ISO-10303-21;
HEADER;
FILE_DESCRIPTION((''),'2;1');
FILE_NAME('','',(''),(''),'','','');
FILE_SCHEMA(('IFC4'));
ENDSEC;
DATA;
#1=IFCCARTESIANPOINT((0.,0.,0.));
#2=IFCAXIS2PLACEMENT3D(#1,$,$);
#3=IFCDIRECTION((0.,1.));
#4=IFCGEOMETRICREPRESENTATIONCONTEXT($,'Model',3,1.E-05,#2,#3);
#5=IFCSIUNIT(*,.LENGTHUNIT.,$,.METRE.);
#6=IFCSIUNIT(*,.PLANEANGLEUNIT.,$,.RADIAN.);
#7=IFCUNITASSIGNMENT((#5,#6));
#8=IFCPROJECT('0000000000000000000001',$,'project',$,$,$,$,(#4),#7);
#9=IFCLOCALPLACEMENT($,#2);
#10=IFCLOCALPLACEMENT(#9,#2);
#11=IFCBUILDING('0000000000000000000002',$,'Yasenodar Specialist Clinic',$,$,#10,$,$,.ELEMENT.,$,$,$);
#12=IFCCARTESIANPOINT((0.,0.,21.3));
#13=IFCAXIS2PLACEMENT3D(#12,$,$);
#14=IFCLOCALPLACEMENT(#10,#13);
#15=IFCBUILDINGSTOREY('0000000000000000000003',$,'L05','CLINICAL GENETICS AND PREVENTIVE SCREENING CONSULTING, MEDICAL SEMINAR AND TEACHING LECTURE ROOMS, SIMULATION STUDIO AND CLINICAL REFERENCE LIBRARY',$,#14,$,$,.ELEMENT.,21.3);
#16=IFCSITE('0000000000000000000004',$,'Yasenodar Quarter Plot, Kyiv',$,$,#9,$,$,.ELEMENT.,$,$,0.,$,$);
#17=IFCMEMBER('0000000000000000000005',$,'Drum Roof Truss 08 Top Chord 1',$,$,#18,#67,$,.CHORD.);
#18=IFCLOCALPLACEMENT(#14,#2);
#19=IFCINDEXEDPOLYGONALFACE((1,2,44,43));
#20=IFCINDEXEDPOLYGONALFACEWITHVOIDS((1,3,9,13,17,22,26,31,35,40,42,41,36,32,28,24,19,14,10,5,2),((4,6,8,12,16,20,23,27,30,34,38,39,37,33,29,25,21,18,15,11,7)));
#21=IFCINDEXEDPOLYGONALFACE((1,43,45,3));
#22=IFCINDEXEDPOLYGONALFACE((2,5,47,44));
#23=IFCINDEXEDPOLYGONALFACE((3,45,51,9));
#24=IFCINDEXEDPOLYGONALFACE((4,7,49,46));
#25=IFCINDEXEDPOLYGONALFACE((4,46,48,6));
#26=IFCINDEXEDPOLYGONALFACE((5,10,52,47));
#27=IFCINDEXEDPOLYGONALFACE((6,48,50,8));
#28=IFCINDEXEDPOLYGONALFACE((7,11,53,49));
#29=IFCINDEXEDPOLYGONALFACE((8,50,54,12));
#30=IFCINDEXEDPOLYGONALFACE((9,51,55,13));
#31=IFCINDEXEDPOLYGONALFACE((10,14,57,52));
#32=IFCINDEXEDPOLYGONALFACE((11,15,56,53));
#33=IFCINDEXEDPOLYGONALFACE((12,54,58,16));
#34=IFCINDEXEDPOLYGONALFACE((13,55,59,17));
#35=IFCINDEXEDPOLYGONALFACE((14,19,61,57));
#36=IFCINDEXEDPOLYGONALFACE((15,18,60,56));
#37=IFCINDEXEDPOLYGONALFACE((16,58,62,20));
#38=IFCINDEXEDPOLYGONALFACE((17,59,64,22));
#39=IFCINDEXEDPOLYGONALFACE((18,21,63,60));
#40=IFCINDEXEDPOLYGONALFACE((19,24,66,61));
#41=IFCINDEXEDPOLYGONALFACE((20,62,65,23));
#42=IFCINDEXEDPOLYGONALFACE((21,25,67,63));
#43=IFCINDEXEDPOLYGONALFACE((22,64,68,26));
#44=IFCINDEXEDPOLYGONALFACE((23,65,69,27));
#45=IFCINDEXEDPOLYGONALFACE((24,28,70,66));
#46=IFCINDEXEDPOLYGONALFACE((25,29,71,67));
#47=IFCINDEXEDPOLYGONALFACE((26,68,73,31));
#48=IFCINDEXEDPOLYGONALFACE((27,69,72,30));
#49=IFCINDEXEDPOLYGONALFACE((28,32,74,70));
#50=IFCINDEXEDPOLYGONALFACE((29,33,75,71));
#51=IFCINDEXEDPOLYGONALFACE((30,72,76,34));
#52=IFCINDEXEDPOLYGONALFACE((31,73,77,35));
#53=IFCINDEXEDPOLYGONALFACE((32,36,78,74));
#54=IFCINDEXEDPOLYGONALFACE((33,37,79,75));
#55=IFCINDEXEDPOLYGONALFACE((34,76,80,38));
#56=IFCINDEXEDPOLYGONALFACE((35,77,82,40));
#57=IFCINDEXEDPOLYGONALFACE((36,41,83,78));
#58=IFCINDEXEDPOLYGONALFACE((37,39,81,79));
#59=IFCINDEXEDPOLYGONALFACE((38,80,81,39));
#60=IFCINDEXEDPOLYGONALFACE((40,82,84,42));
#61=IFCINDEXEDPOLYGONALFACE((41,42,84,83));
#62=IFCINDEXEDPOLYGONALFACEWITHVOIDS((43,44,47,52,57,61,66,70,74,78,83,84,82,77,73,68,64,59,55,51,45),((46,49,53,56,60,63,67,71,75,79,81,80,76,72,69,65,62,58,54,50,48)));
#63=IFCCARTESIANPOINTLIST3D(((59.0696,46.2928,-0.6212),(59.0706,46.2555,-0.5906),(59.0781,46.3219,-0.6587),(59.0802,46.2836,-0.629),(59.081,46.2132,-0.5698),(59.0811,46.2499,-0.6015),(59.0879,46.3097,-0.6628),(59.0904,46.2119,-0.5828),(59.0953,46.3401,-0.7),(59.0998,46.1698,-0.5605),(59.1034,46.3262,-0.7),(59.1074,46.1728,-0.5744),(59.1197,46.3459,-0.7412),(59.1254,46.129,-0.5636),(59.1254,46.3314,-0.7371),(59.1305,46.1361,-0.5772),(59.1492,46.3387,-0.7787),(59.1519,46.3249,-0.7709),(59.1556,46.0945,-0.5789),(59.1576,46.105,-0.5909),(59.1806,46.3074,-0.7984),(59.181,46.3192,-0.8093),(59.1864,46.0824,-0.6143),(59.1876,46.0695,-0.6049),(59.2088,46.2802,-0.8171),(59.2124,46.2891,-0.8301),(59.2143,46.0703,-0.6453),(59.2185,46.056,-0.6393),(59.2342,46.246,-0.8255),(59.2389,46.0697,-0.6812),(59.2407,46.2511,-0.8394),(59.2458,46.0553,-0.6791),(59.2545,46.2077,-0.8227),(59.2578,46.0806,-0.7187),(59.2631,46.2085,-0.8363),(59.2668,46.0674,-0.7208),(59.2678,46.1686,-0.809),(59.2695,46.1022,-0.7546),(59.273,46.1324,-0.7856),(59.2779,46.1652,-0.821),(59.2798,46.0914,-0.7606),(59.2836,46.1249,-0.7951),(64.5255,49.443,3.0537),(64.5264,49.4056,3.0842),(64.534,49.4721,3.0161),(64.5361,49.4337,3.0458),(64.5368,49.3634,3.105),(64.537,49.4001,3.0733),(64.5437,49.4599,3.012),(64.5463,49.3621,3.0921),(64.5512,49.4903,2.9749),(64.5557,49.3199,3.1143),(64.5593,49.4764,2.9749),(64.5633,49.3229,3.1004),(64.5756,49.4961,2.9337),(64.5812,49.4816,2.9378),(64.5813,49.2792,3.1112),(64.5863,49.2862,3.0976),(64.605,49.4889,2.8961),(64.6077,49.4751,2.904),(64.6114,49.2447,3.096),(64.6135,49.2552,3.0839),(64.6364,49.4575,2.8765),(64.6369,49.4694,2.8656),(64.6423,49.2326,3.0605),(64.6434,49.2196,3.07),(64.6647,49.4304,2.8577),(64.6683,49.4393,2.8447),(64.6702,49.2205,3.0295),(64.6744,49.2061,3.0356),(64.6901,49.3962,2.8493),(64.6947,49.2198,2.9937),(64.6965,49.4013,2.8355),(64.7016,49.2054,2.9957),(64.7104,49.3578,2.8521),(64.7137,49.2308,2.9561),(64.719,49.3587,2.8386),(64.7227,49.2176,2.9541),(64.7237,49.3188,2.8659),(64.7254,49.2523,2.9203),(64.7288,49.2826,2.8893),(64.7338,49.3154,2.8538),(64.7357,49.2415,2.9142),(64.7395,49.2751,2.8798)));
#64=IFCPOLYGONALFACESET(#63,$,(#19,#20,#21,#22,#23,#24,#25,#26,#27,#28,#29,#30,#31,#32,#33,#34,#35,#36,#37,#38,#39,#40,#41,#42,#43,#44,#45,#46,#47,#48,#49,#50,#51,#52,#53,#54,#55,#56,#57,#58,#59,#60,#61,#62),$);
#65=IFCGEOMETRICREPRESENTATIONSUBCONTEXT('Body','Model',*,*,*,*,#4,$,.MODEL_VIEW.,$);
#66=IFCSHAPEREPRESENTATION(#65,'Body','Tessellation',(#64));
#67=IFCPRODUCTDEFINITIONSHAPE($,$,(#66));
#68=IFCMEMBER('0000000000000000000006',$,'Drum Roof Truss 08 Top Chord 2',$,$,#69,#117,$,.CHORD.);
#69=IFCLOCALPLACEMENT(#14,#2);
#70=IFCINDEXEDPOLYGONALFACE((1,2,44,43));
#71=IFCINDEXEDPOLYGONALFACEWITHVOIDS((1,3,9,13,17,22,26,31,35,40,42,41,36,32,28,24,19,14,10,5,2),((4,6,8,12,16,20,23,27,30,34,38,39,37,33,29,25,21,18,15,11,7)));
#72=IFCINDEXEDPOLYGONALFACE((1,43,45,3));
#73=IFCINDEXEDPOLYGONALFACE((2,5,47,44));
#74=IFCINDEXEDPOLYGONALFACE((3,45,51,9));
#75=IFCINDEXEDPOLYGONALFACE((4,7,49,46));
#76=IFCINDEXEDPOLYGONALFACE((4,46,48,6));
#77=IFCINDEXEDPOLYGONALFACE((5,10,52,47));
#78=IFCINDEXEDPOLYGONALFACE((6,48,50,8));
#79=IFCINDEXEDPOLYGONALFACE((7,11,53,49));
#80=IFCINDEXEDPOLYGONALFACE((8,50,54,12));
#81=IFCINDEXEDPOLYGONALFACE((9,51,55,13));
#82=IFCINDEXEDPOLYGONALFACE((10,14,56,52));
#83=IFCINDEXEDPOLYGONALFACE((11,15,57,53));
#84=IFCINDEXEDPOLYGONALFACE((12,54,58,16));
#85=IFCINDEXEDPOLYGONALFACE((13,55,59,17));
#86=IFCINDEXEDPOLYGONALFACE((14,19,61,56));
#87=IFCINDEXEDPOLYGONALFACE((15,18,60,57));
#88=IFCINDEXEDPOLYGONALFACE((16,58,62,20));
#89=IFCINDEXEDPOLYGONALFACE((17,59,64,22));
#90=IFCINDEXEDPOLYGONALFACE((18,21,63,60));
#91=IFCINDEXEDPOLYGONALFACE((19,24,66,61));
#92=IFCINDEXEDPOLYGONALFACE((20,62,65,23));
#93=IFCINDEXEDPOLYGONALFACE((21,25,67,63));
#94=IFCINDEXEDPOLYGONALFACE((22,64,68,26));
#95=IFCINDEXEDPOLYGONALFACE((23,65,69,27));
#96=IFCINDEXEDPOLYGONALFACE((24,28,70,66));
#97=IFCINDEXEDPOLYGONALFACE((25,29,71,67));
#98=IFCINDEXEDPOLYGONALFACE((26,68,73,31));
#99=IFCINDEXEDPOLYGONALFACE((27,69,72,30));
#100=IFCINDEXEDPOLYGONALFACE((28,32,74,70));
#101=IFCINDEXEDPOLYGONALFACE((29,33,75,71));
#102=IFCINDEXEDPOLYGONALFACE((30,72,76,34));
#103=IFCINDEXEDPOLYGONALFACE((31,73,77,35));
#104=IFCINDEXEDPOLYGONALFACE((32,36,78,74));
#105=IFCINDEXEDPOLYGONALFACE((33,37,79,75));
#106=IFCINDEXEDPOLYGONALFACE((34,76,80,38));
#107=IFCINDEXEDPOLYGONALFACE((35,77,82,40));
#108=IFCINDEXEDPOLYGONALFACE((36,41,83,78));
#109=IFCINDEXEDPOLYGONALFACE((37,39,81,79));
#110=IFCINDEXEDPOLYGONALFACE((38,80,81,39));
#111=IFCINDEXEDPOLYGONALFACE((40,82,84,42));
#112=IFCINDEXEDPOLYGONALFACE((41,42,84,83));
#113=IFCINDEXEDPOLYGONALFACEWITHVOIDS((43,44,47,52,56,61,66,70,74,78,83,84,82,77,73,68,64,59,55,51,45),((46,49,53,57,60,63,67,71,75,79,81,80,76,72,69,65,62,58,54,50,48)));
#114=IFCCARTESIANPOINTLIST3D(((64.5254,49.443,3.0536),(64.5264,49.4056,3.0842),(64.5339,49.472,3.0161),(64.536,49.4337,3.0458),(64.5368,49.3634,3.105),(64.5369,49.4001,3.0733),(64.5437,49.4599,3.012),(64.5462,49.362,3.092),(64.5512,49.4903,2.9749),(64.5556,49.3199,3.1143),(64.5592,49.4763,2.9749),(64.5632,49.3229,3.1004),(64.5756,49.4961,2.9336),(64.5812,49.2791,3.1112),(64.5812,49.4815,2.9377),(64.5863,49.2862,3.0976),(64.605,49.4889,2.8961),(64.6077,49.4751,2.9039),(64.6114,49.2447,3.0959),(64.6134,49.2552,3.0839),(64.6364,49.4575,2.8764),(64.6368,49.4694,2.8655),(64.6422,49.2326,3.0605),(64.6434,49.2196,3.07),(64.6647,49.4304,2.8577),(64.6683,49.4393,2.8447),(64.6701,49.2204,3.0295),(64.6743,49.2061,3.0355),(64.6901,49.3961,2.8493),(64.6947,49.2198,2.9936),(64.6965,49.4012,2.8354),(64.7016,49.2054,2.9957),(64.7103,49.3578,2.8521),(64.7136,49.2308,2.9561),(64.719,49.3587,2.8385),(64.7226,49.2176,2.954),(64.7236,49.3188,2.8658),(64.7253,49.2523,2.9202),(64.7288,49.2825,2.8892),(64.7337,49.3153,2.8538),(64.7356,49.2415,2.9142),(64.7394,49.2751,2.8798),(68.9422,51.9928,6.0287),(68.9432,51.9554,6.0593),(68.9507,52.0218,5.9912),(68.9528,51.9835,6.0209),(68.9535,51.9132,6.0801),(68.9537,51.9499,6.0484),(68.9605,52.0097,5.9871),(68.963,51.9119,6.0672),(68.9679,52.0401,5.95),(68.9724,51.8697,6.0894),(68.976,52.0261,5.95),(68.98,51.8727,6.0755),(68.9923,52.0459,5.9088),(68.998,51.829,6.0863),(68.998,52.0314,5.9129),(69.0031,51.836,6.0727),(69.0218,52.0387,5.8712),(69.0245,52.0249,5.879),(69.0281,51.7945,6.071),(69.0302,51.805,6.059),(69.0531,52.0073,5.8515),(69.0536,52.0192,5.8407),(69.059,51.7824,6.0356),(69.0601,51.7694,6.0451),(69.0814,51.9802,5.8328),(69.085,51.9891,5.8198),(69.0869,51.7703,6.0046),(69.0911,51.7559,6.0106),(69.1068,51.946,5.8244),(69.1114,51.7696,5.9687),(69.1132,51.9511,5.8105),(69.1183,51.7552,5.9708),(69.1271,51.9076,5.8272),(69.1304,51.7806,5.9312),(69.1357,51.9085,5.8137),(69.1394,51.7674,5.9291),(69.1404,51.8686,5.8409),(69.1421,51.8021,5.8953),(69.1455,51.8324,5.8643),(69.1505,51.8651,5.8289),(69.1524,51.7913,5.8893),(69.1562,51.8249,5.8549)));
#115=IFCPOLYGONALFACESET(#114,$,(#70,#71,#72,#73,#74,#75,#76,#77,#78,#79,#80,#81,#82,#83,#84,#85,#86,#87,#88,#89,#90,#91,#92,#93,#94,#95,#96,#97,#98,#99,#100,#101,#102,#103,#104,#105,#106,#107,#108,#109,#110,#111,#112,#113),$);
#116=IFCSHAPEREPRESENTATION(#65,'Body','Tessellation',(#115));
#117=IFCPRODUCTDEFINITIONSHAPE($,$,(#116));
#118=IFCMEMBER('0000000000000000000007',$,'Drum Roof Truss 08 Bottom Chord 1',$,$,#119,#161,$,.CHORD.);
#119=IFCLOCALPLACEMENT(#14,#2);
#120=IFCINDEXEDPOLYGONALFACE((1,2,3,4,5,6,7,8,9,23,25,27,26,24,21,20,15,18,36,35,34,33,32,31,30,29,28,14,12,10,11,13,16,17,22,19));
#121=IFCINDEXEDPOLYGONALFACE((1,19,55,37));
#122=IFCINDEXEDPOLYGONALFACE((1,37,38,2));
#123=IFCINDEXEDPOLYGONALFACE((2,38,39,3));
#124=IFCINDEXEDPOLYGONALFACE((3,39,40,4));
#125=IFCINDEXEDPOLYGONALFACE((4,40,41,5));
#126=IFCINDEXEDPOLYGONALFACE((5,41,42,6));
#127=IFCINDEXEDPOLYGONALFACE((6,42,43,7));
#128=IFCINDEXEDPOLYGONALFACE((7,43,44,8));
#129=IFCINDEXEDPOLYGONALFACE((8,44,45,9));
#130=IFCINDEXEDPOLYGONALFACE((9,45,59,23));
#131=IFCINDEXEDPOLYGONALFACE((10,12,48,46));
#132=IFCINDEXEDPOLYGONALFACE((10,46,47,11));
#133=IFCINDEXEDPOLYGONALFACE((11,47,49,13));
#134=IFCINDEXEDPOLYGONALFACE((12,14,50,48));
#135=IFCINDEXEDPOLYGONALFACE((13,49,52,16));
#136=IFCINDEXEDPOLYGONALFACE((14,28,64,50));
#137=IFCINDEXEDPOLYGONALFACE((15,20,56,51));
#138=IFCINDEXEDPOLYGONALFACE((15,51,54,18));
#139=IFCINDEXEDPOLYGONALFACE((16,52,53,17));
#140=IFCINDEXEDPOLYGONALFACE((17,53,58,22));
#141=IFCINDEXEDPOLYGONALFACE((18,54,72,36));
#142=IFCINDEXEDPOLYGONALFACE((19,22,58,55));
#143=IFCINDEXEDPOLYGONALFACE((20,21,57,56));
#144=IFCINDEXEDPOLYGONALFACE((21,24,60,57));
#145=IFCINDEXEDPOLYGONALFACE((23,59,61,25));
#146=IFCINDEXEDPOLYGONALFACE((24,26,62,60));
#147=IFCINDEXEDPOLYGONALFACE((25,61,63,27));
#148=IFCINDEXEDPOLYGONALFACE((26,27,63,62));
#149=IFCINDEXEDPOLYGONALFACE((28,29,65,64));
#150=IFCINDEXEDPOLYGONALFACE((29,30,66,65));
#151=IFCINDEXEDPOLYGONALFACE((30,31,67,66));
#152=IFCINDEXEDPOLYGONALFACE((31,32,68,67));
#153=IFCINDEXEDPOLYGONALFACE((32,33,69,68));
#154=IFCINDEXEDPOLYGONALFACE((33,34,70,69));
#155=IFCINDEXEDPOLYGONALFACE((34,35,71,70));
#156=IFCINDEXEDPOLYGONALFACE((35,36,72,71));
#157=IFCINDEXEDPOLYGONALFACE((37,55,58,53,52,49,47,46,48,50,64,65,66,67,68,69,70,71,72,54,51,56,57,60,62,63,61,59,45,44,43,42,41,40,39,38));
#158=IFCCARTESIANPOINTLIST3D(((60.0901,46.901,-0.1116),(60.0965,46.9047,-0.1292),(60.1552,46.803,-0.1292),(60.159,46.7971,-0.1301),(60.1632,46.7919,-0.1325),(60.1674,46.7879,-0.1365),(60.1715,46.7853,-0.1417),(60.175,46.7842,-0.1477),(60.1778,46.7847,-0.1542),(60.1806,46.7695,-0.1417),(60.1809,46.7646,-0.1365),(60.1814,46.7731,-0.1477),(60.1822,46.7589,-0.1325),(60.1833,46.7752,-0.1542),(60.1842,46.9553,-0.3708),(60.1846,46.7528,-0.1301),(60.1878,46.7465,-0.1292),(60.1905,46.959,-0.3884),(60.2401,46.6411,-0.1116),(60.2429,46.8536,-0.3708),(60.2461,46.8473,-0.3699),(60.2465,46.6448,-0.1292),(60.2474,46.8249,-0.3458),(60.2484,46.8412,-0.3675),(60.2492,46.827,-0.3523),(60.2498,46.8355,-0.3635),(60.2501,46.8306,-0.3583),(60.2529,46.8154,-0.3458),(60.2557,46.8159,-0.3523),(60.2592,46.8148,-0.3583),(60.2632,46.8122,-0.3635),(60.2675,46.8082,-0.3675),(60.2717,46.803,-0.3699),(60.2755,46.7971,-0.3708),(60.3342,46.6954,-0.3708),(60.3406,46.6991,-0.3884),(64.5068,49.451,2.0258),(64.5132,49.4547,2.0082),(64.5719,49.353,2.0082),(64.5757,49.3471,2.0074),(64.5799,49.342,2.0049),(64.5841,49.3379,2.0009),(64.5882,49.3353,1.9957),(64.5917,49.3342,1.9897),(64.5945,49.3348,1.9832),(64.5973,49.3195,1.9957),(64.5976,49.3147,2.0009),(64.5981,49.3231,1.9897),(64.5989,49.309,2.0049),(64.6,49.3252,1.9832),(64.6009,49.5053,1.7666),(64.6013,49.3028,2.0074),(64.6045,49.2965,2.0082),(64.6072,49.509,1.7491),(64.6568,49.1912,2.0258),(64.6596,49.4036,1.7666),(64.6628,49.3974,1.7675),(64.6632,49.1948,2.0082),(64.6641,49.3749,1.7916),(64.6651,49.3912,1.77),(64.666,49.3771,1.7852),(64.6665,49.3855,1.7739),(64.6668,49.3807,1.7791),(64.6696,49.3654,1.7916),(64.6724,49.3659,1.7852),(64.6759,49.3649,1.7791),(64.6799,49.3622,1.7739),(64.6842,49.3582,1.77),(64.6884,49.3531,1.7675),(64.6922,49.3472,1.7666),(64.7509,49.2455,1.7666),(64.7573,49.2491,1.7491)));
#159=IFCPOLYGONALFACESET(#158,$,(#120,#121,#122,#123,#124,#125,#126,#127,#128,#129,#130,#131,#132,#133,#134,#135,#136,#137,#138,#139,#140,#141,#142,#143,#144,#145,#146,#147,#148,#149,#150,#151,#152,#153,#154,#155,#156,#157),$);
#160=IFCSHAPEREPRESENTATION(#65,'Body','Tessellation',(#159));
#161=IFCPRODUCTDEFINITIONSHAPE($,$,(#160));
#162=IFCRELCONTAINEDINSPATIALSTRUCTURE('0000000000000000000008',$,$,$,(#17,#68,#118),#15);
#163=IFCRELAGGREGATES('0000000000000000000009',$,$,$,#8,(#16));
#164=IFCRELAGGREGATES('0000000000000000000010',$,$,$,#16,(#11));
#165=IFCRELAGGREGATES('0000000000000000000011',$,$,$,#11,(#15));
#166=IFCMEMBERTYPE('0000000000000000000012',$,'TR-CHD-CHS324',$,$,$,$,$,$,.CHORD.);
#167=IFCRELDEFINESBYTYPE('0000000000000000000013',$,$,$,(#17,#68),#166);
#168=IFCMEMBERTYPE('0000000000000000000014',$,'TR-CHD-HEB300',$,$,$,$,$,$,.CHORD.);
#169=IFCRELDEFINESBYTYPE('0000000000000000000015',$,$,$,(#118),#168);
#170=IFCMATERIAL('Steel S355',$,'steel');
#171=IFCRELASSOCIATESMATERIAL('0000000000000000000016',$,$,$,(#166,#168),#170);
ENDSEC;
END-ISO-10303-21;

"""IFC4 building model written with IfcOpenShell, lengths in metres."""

from ifc_helpers import new_model, si_unit, direction, frame, origin, origin_2d, place, context, subcontext, project, spatial, hollow_circle, i_section, extrude, material, material_profile, profile_set, type_object, element, save


model = new_model("IFC4")

# Units and contexts
model_context = context("Model", 3, precision=1e-05, world=origin(), true_north=direction((0.0, 1.0)))
body_context = subcontext(model_context, "Body", "Model", "MODEL_VIEW")
ifc_project = project(units=[si_unit("LENGTHUNIT", "METRE"), si_unit("PLANEANGLEUNIT", "RADIAN")], contexts=[model_context])

# Site, building, storey
site_placement = place(None, origin())
site = spatial("IfcSite", under=ifc_project, at=site_placement, Name="Yasenodar Quarter Plot, Kyiv", CompositionType="ELEMENT", RefElevation=0.0)
building_placement = place(site_placement, origin())
building = spatial("IfcBuilding", under=site, at=building_placement, Name="Yasenodar Specialist Clinic", CompositionType="ELEMENT")
storey_placement = place(building_placement, frame((0.0, 0.0, 21.3)))
storey = spatial("IfcBuildingStorey", under=building, at=storey_placement, Name="L05", Description="CLINICAL GENETICS AND PREVENTIVE SCREENING CONSULTING, MEDICAL SEMINAR AND TEACHING LECTURE ROOMS, SIMULATION STUDIO AND CLINICAL REFERENCE LIBRARY", CompositionType="ELEMENT", Elevation=21.3)

# Shared definitions
ifc_material_1 = material(Name="Steel S355", Category="steel")

# Members
ifc_material_profile_1 = material_profile(ifc_material_1, hollow_circle(Radius=0.1619, WallThickness=0.0161, at=origin_2d()), Name="CHS 323.9x16")
ifc_profile_set_1 = profile_set([ifc_material_profile_1], Name="Steel S355")
member_type_1 = type_object("IfcMemberType", Name="TR-CHD-CHS324", PredefinedType="CHORD", material=ifc_profile_set_1)
member_1_placement = place(storey_placement, frame((59.1763, 46.2, -0.7), z_axis=(0.748049, 0.431918, 0.503854), x_axis=(-0.500028, 0.866009, 0.0)))
element("IfcMember", 1, at=member_1_placement, inside=storey, type_object=member_type_1, Name="Drum Roof Truss 08 Top Chord 1", PredefinedType="CHORD", context=body_context, shape_type="SweptSolid", body=[
    extrude(hollow_circle(Radius=0.1619, WallThickness=0.0161, at=origin_2d()), origin(), (0.0, 0.0, 1.0), 7.2935),
])
member_2_placement = place(storey_placement, frame((64.6321, 49.3501, 2.9749), z_axis=(0.74806, 0.431858, 0.503889), x_axis=(-0.49997, 0.866043, 0.0)))
element("IfcMember", 2, at=member_2_placement, inside=storey, type_object=member_type_1, Name="Drum Roof Truss 08 Top Chord 2", PredefinedType="CHORD", context=body_context, shape_type="SweptSolid", body=[
    extrude(hollow_circle(Radius=0.1619, WallThickness=0.0161, at=origin_2d()), origin(), (0.0, 0.0, 1.0), 5.9043),
])
ifc_material_profile_2 = material_profile(ifc_material_1, i_section(OverallWidth=0.3, OverallDepth=0.3, WebThickness=0.011, FlangeThickness=0.019, FilletRadius=0.0271, at=origin_2d()), Name="HEB 300")
ifc_profile_set_2 = profile_set([ifc_material_profile_2], Name="Steel S355")
member_type_2 = type_object("IfcMemberType", Name="TR-CHD-HEB300", PredefinedType="CHORD", material=ifc_profile_set_2)
for number, where, z_axis, x_axis, name in (
    (3, (60.2153, 46.8, -0.25), (0.798712, 0.461143, 0.386531), (-0.500006, 0.866022, 0.0), "Drum Roof Truss 08 Bottom Chord 1"),
):
    element("IfcMember", number, at=place(storey_placement, frame(where, z_axis=z_axis, x_axis=x_axis)), inside=storey, type_object=member_type_2, Name=name, PredefinedType="CHORD", context=body_context, shape_type="SweptSolid", body=[
        extrude(i_section(OverallWidth=0.3, OverallDepth=0.3, WebThickness=0.011, FlangeThickness=0.019, FilletRadius=0.0271, at=origin_2d()), origin(), (0.0, 0.0, 1.0), 5.5298),
    ])

save(model, "model.ifc")
